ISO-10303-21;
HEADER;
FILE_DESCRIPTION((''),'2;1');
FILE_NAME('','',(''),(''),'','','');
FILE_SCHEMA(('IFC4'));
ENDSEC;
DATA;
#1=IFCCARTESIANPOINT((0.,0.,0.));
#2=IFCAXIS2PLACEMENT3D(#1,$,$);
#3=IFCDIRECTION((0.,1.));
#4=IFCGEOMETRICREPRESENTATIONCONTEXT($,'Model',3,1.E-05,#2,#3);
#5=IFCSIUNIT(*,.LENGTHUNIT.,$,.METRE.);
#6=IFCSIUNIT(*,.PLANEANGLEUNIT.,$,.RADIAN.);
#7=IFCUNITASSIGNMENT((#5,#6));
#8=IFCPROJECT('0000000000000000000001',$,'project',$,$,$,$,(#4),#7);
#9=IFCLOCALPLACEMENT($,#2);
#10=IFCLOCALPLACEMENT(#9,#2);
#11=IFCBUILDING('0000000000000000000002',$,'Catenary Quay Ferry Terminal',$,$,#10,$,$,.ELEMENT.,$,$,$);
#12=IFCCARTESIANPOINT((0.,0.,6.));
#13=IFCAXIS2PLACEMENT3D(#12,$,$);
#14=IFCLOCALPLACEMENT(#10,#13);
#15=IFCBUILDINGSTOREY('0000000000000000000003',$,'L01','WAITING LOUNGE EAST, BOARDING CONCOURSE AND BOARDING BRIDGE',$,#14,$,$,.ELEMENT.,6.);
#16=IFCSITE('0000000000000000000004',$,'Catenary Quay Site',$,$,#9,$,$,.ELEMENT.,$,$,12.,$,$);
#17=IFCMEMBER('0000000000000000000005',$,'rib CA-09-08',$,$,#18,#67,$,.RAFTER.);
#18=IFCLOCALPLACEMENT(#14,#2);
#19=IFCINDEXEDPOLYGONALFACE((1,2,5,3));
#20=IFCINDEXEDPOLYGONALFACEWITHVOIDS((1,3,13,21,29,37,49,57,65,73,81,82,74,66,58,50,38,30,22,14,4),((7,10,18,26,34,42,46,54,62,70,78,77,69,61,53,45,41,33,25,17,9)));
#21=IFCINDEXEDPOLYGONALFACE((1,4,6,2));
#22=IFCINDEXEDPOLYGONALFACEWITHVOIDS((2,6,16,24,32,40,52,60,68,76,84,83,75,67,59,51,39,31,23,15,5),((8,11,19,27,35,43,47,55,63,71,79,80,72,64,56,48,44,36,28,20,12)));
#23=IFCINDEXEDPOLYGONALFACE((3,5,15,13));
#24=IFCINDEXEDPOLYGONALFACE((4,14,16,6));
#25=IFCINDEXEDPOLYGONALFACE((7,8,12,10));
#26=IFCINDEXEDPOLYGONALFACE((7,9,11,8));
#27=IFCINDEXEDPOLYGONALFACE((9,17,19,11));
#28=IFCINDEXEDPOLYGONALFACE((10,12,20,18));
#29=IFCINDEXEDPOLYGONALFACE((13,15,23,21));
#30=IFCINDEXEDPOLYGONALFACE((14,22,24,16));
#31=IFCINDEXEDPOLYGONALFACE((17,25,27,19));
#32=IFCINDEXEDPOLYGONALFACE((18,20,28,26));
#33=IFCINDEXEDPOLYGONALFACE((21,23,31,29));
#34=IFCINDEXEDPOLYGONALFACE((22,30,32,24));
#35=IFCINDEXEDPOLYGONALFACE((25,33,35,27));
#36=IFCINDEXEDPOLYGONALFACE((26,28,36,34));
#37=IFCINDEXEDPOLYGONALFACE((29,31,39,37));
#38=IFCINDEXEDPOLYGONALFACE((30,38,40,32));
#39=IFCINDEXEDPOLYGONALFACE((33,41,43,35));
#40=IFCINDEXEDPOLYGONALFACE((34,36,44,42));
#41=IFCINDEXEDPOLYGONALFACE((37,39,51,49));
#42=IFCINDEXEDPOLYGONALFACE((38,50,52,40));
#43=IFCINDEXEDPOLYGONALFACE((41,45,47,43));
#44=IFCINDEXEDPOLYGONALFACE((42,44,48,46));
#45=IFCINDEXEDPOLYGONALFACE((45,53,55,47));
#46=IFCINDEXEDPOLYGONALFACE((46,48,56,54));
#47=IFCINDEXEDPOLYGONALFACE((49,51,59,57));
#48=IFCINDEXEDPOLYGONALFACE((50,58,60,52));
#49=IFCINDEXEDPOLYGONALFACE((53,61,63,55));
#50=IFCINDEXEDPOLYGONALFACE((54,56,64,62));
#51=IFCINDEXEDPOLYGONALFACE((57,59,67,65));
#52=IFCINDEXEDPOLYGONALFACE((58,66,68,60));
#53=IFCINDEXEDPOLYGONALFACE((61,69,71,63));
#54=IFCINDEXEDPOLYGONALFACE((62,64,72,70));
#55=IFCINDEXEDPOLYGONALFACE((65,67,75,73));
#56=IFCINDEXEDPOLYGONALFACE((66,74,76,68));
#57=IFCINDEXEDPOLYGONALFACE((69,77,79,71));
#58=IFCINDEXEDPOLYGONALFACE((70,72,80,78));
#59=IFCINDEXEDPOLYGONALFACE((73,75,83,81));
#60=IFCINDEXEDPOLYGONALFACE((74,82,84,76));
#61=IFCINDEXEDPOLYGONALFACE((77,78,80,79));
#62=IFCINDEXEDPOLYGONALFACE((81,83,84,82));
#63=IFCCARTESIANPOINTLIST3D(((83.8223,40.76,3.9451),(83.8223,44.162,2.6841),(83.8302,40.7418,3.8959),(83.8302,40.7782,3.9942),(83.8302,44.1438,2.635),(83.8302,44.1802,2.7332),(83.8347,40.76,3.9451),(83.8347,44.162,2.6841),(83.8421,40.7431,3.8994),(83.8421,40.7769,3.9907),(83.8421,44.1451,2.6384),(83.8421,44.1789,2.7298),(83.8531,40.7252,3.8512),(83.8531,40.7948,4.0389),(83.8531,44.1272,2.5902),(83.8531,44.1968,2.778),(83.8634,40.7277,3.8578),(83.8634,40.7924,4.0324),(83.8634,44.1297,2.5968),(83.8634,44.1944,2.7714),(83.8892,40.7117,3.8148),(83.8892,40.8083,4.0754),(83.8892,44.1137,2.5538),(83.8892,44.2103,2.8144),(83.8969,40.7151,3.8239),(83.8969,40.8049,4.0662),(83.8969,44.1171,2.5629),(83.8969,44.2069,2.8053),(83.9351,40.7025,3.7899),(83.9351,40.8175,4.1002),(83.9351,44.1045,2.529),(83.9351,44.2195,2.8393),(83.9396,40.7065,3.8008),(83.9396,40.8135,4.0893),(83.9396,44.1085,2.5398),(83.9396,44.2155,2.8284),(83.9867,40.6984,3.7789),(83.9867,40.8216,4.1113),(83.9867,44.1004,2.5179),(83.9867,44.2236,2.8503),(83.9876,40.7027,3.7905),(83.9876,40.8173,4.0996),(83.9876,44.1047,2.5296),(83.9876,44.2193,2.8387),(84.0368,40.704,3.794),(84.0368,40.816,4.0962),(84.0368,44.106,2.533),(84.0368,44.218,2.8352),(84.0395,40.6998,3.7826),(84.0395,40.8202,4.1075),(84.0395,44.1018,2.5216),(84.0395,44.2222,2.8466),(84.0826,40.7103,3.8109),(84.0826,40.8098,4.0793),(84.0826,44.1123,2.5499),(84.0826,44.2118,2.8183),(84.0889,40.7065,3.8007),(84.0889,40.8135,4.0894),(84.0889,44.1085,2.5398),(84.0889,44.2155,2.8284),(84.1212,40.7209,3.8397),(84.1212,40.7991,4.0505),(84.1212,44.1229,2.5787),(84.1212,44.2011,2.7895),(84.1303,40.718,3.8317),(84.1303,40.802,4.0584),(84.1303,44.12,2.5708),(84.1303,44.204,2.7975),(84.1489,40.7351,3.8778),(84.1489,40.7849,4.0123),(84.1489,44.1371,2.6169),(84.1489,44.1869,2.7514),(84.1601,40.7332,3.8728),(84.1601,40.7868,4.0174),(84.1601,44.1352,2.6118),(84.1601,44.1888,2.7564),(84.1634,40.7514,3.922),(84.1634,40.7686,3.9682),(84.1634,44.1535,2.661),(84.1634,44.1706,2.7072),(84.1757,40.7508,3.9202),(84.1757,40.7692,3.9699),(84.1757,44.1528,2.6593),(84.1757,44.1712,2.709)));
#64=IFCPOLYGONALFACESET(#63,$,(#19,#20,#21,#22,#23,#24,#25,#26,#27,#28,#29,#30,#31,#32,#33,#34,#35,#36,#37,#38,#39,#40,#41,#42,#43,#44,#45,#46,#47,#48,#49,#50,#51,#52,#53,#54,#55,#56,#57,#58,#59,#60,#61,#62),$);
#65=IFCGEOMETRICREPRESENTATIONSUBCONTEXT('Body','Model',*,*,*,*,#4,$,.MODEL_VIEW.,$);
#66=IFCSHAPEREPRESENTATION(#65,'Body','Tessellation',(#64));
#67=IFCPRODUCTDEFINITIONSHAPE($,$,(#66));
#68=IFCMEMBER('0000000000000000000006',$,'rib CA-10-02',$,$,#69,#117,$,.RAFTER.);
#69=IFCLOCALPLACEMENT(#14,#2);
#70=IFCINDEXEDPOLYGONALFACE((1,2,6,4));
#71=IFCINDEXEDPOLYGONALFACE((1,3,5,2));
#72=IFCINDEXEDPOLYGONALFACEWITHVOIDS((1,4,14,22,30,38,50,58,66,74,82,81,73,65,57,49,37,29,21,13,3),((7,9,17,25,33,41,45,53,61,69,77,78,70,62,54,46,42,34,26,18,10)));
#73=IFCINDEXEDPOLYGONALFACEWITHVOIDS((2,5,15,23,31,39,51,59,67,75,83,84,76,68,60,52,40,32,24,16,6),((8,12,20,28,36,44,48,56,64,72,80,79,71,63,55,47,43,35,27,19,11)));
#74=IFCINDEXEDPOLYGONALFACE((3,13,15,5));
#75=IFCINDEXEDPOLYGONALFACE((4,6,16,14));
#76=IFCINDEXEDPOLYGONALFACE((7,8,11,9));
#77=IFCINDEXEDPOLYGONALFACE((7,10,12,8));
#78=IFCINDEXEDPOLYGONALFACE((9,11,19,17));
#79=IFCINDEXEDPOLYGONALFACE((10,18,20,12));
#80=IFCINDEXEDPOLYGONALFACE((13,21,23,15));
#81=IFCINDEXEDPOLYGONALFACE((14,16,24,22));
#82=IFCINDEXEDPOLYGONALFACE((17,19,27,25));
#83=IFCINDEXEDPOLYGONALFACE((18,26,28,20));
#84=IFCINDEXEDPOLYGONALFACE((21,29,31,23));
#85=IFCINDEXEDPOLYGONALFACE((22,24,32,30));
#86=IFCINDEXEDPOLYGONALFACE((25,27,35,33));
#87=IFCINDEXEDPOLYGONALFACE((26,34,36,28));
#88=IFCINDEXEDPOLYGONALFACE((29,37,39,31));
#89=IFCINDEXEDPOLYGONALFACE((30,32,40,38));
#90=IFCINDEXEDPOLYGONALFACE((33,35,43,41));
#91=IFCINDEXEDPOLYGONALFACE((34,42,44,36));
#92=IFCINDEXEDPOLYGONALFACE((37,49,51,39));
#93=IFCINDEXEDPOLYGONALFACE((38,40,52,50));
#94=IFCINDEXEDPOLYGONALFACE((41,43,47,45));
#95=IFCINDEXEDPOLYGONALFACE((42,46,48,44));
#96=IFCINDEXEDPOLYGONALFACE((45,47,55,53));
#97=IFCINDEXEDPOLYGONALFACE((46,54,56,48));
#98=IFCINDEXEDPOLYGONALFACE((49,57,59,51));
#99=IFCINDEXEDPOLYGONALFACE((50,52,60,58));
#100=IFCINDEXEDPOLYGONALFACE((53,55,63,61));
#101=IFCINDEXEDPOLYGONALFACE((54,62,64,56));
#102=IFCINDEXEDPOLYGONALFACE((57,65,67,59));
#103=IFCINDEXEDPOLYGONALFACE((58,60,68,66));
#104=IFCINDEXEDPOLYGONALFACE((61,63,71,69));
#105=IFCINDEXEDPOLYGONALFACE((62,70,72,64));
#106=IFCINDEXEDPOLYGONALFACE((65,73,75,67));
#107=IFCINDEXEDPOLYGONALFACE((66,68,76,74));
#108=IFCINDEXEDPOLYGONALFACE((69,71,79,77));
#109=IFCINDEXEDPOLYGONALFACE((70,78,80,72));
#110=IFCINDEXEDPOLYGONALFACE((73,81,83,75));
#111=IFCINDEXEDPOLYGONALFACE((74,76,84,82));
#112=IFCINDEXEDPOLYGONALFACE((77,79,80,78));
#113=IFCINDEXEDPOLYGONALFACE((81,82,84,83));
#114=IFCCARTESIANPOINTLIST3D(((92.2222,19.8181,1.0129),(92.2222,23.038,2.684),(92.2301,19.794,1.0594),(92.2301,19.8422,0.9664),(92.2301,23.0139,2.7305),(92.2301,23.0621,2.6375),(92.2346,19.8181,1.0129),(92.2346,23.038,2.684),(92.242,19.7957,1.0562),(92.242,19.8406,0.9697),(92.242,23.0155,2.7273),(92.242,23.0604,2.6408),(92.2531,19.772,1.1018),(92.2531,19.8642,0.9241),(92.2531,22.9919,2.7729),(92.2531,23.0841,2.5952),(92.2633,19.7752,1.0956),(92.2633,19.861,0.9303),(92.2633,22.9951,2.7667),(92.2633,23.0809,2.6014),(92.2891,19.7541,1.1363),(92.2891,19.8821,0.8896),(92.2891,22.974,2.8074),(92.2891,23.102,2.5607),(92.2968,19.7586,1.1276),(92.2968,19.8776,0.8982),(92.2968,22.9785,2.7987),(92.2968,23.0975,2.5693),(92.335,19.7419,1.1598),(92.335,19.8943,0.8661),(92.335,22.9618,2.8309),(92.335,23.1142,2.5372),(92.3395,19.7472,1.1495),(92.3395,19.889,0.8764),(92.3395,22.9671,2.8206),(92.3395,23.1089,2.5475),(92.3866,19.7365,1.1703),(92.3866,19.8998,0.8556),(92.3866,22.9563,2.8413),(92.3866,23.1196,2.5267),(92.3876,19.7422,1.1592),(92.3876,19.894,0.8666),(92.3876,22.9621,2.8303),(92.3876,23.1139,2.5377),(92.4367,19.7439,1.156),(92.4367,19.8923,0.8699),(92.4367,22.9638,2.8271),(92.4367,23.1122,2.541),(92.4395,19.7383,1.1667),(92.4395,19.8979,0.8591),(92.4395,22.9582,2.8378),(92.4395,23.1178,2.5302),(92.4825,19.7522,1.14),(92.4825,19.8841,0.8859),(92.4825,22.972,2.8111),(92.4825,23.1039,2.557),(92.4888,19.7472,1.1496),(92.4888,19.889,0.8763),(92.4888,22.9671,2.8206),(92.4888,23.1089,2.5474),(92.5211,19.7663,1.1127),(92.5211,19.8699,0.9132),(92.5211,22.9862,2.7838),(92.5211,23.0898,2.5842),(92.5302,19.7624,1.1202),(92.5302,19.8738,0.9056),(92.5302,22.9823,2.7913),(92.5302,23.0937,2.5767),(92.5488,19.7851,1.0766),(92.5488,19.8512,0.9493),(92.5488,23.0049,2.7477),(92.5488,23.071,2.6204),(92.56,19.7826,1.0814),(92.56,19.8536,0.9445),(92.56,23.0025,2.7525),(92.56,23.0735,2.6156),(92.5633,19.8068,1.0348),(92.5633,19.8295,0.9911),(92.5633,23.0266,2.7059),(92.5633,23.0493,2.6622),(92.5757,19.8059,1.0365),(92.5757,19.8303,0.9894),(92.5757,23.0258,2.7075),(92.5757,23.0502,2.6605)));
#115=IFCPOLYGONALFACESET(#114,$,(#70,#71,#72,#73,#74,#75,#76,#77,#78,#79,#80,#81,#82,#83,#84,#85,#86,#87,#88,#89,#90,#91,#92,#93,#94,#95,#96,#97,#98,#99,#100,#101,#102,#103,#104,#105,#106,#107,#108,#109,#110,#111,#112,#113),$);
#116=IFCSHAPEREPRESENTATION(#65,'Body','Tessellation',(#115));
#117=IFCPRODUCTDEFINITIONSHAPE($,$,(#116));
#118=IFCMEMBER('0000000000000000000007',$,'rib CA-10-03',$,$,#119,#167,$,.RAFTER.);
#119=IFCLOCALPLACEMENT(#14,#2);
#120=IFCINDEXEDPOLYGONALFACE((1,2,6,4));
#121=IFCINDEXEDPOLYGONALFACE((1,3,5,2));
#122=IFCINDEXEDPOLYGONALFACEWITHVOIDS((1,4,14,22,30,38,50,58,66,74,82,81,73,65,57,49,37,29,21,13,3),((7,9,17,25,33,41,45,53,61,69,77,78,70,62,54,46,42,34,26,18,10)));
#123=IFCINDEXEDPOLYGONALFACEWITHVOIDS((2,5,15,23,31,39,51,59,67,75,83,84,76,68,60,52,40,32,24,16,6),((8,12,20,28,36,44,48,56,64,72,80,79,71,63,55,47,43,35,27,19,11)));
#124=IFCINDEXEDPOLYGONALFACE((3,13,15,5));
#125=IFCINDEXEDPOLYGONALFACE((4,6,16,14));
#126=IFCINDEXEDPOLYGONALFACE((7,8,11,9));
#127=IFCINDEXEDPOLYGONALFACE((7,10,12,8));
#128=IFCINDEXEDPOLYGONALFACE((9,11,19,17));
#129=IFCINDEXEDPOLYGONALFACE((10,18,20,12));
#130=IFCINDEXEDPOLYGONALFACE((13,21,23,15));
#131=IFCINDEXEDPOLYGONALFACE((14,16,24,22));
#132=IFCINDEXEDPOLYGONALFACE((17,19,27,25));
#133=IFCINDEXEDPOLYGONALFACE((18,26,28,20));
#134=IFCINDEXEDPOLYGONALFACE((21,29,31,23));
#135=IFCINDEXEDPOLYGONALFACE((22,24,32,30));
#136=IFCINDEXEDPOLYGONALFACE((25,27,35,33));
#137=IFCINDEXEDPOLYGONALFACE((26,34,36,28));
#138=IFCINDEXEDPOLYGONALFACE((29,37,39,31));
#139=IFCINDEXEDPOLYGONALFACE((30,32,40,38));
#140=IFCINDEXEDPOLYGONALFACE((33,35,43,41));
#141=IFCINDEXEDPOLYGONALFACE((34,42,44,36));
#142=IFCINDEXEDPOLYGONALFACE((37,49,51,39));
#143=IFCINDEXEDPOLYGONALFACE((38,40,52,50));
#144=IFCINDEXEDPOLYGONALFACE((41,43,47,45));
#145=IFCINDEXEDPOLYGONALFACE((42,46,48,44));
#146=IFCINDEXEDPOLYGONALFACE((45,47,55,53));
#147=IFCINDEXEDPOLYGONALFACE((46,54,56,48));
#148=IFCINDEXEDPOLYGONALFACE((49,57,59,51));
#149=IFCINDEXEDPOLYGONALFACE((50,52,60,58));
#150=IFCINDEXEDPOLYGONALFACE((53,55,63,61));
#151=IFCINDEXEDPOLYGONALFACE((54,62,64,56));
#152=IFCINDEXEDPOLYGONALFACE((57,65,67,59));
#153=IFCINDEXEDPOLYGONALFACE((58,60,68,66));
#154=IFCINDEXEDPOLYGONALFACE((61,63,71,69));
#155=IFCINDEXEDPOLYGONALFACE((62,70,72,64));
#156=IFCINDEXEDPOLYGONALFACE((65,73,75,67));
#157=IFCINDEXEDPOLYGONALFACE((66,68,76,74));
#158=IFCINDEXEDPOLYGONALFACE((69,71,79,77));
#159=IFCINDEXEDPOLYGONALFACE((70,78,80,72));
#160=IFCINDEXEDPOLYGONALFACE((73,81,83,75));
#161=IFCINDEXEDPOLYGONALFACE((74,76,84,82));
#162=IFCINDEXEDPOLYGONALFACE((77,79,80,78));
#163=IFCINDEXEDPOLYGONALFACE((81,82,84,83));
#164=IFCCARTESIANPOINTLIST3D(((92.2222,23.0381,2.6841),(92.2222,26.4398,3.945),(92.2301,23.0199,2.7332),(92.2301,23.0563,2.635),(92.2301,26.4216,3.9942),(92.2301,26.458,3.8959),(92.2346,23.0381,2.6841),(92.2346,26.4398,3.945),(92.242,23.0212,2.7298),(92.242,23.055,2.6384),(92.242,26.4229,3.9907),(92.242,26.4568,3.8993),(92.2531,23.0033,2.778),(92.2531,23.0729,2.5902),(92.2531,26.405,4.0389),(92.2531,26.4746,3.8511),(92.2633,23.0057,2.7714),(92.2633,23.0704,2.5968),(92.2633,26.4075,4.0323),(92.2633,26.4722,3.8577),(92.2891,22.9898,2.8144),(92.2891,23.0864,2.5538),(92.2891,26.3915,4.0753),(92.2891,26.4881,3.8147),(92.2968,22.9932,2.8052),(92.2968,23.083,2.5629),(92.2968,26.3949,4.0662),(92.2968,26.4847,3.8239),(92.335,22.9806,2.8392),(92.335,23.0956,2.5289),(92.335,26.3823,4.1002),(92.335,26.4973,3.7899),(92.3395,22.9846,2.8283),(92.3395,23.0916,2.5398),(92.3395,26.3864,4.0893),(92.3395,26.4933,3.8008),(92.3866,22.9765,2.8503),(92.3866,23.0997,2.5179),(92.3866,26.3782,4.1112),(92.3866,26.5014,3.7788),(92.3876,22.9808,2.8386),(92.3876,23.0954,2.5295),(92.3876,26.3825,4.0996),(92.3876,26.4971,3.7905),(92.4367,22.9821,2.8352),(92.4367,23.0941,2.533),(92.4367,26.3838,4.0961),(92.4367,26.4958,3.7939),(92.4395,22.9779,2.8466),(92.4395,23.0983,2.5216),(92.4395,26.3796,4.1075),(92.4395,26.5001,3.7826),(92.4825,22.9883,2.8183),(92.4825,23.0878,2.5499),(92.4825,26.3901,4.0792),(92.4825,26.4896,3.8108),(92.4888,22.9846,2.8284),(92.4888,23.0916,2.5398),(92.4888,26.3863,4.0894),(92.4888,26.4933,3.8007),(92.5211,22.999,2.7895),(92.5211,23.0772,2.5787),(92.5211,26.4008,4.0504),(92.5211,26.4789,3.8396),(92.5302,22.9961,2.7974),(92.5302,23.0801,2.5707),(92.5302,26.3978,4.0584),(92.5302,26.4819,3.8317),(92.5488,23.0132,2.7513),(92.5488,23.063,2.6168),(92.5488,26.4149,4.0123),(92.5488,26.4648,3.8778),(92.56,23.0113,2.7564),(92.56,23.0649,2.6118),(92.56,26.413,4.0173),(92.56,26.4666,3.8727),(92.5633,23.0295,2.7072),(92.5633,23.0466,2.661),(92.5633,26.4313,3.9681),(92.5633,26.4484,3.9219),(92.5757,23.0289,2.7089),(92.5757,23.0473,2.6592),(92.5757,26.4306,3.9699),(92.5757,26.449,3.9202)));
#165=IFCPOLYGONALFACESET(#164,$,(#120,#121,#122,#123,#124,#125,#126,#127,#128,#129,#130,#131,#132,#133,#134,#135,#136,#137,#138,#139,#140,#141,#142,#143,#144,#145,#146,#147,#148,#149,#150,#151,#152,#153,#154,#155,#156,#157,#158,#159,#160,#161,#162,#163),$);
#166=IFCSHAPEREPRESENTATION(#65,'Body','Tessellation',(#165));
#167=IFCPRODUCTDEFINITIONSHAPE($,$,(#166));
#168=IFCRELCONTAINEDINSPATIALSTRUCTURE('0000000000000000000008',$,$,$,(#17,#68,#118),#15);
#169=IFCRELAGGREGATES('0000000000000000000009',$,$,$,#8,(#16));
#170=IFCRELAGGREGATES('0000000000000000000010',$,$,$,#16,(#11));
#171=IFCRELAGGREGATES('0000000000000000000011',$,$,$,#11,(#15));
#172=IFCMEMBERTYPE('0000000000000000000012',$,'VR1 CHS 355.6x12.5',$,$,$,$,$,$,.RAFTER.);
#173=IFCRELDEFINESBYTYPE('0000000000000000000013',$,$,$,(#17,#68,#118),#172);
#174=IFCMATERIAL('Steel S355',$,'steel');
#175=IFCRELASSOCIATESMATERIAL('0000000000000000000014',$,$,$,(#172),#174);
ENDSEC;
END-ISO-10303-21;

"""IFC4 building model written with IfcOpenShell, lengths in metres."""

from ifc_helpers import new_model, si_unit, direction, frame, origin, origin_2d, place, context, subcontext, project, spatial, hollow_circle, extrude, material, material_profile, profile_set, type_object, element, save


model = new_model("IFC4")

# Units and contexts
model_context = context("Model", 3, precision=1e-05, world=origin(), true_north=direction((0.0, 1.0)))
body_context = subcontext(model_context, "Body", "Model", "MODEL_VIEW")
ifc_project = project(units=[si_unit("LENGTHUNIT", "METRE"), si_unit("PLANEANGLEUNIT", "RADIAN")], contexts=[model_context])

# Site, building, storey
site_placement = place(None, origin())
site = spatial("IfcSite", under=ifc_project, at=site_placement, Name="Catenary Quay Site", CompositionType="ELEMENT", RefElevation=12.0)
building_placement = place(site_placement, origin())
building = spatial("IfcBuilding", under=site, at=building_placement, Name="Catenary Quay Ferry Terminal", CompositionType="ELEMENT")
storey_placement = place(building_placement, frame((0.0, 0.0, 6.0)))
storey = spatial("IfcBuildingStorey", under=building, at=storey_placement, Name="L01", Description="WAITING LOUNGE EAST, BOARDING CONCOURSE AND BOARDING BRIDGE", CompositionType="ELEMENT", Elevation=6.0)

# Members
ifc_material_1 = material(Name="Steel S355", Category="steel")
ifc_material_profile_1 = material_profile(ifc_material_1, hollow_circle(Radius=0.1777, WallThickness=0.0125, at=origin_2d()), Name="CHS 355.6x12.5")
ifc_profile_set_1 = profile_set([ifc_material_profile_1], Name="Steel S355")
member_type_1 = type_object("IfcMemberType", Name="VR1 CHS 355.6x12.5", PredefinedType="RAFTER", material=ifc_profile_set_1)
member_1_placement = place(storey_placement, frame((84.0, 40.76, 3.9451), z_axis=(0.0, 0.937664, -0.347544), x_axis=(-1.0, 0.0, 0.0)))
element("IfcMember", 1, at=member_1_placement, inside=storey, type_object=member_type_1, Name="rib CA-09-08", PredefinedType="RAFTER", context=body_context, shape_type="SweptSolid", body=[
    extrude(hollow_circle(Radius=0.1777, WallThickness=0.0125, at=origin_2d()), origin(), (0.0, 0.0, 1.0), 3.6282),
])
member_2_placement = place(storey_placement, frame((92.3999, 19.8181, 1.0129), z_axis=(0.0, 0.887582, 0.460649), x_axis=(-1.0, 0.0, 0.0)))
element("IfcMember", 2, at=member_2_placement, inside=storey, type_object=member_type_1, Name="rib CA-10-02", PredefinedType="RAFTER", context=body_context, shape_type="SweptSolid", body=[
    extrude(hollow_circle(Radius=0.1777, WallThickness=0.0125, at=origin_2d()), origin(), (0.0, 0.0, 1.0), 3.6277),
])
member_3_placement = place(storey_placement, frame((92.3999, 23.0381, 2.6841), z_axis=(0.0, 0.937655, 0.347566), x_axis=(-1.0, 0.0, 0.0)))
element("IfcMember", 3, at=member_3_placement, inside=storey, type_object=member_type_1, Name="rib CA-10-03", PredefinedType="RAFTER", context=body_context, shape_type="SweptSolid", body=[
    extrude(hollow_circle(Radius=0.1777, WallThickness=0.0125, at=origin_2d()), origin(), (0.0, 0.0, 1.0), 3.6279),
])

save(model, "model.ifc")
